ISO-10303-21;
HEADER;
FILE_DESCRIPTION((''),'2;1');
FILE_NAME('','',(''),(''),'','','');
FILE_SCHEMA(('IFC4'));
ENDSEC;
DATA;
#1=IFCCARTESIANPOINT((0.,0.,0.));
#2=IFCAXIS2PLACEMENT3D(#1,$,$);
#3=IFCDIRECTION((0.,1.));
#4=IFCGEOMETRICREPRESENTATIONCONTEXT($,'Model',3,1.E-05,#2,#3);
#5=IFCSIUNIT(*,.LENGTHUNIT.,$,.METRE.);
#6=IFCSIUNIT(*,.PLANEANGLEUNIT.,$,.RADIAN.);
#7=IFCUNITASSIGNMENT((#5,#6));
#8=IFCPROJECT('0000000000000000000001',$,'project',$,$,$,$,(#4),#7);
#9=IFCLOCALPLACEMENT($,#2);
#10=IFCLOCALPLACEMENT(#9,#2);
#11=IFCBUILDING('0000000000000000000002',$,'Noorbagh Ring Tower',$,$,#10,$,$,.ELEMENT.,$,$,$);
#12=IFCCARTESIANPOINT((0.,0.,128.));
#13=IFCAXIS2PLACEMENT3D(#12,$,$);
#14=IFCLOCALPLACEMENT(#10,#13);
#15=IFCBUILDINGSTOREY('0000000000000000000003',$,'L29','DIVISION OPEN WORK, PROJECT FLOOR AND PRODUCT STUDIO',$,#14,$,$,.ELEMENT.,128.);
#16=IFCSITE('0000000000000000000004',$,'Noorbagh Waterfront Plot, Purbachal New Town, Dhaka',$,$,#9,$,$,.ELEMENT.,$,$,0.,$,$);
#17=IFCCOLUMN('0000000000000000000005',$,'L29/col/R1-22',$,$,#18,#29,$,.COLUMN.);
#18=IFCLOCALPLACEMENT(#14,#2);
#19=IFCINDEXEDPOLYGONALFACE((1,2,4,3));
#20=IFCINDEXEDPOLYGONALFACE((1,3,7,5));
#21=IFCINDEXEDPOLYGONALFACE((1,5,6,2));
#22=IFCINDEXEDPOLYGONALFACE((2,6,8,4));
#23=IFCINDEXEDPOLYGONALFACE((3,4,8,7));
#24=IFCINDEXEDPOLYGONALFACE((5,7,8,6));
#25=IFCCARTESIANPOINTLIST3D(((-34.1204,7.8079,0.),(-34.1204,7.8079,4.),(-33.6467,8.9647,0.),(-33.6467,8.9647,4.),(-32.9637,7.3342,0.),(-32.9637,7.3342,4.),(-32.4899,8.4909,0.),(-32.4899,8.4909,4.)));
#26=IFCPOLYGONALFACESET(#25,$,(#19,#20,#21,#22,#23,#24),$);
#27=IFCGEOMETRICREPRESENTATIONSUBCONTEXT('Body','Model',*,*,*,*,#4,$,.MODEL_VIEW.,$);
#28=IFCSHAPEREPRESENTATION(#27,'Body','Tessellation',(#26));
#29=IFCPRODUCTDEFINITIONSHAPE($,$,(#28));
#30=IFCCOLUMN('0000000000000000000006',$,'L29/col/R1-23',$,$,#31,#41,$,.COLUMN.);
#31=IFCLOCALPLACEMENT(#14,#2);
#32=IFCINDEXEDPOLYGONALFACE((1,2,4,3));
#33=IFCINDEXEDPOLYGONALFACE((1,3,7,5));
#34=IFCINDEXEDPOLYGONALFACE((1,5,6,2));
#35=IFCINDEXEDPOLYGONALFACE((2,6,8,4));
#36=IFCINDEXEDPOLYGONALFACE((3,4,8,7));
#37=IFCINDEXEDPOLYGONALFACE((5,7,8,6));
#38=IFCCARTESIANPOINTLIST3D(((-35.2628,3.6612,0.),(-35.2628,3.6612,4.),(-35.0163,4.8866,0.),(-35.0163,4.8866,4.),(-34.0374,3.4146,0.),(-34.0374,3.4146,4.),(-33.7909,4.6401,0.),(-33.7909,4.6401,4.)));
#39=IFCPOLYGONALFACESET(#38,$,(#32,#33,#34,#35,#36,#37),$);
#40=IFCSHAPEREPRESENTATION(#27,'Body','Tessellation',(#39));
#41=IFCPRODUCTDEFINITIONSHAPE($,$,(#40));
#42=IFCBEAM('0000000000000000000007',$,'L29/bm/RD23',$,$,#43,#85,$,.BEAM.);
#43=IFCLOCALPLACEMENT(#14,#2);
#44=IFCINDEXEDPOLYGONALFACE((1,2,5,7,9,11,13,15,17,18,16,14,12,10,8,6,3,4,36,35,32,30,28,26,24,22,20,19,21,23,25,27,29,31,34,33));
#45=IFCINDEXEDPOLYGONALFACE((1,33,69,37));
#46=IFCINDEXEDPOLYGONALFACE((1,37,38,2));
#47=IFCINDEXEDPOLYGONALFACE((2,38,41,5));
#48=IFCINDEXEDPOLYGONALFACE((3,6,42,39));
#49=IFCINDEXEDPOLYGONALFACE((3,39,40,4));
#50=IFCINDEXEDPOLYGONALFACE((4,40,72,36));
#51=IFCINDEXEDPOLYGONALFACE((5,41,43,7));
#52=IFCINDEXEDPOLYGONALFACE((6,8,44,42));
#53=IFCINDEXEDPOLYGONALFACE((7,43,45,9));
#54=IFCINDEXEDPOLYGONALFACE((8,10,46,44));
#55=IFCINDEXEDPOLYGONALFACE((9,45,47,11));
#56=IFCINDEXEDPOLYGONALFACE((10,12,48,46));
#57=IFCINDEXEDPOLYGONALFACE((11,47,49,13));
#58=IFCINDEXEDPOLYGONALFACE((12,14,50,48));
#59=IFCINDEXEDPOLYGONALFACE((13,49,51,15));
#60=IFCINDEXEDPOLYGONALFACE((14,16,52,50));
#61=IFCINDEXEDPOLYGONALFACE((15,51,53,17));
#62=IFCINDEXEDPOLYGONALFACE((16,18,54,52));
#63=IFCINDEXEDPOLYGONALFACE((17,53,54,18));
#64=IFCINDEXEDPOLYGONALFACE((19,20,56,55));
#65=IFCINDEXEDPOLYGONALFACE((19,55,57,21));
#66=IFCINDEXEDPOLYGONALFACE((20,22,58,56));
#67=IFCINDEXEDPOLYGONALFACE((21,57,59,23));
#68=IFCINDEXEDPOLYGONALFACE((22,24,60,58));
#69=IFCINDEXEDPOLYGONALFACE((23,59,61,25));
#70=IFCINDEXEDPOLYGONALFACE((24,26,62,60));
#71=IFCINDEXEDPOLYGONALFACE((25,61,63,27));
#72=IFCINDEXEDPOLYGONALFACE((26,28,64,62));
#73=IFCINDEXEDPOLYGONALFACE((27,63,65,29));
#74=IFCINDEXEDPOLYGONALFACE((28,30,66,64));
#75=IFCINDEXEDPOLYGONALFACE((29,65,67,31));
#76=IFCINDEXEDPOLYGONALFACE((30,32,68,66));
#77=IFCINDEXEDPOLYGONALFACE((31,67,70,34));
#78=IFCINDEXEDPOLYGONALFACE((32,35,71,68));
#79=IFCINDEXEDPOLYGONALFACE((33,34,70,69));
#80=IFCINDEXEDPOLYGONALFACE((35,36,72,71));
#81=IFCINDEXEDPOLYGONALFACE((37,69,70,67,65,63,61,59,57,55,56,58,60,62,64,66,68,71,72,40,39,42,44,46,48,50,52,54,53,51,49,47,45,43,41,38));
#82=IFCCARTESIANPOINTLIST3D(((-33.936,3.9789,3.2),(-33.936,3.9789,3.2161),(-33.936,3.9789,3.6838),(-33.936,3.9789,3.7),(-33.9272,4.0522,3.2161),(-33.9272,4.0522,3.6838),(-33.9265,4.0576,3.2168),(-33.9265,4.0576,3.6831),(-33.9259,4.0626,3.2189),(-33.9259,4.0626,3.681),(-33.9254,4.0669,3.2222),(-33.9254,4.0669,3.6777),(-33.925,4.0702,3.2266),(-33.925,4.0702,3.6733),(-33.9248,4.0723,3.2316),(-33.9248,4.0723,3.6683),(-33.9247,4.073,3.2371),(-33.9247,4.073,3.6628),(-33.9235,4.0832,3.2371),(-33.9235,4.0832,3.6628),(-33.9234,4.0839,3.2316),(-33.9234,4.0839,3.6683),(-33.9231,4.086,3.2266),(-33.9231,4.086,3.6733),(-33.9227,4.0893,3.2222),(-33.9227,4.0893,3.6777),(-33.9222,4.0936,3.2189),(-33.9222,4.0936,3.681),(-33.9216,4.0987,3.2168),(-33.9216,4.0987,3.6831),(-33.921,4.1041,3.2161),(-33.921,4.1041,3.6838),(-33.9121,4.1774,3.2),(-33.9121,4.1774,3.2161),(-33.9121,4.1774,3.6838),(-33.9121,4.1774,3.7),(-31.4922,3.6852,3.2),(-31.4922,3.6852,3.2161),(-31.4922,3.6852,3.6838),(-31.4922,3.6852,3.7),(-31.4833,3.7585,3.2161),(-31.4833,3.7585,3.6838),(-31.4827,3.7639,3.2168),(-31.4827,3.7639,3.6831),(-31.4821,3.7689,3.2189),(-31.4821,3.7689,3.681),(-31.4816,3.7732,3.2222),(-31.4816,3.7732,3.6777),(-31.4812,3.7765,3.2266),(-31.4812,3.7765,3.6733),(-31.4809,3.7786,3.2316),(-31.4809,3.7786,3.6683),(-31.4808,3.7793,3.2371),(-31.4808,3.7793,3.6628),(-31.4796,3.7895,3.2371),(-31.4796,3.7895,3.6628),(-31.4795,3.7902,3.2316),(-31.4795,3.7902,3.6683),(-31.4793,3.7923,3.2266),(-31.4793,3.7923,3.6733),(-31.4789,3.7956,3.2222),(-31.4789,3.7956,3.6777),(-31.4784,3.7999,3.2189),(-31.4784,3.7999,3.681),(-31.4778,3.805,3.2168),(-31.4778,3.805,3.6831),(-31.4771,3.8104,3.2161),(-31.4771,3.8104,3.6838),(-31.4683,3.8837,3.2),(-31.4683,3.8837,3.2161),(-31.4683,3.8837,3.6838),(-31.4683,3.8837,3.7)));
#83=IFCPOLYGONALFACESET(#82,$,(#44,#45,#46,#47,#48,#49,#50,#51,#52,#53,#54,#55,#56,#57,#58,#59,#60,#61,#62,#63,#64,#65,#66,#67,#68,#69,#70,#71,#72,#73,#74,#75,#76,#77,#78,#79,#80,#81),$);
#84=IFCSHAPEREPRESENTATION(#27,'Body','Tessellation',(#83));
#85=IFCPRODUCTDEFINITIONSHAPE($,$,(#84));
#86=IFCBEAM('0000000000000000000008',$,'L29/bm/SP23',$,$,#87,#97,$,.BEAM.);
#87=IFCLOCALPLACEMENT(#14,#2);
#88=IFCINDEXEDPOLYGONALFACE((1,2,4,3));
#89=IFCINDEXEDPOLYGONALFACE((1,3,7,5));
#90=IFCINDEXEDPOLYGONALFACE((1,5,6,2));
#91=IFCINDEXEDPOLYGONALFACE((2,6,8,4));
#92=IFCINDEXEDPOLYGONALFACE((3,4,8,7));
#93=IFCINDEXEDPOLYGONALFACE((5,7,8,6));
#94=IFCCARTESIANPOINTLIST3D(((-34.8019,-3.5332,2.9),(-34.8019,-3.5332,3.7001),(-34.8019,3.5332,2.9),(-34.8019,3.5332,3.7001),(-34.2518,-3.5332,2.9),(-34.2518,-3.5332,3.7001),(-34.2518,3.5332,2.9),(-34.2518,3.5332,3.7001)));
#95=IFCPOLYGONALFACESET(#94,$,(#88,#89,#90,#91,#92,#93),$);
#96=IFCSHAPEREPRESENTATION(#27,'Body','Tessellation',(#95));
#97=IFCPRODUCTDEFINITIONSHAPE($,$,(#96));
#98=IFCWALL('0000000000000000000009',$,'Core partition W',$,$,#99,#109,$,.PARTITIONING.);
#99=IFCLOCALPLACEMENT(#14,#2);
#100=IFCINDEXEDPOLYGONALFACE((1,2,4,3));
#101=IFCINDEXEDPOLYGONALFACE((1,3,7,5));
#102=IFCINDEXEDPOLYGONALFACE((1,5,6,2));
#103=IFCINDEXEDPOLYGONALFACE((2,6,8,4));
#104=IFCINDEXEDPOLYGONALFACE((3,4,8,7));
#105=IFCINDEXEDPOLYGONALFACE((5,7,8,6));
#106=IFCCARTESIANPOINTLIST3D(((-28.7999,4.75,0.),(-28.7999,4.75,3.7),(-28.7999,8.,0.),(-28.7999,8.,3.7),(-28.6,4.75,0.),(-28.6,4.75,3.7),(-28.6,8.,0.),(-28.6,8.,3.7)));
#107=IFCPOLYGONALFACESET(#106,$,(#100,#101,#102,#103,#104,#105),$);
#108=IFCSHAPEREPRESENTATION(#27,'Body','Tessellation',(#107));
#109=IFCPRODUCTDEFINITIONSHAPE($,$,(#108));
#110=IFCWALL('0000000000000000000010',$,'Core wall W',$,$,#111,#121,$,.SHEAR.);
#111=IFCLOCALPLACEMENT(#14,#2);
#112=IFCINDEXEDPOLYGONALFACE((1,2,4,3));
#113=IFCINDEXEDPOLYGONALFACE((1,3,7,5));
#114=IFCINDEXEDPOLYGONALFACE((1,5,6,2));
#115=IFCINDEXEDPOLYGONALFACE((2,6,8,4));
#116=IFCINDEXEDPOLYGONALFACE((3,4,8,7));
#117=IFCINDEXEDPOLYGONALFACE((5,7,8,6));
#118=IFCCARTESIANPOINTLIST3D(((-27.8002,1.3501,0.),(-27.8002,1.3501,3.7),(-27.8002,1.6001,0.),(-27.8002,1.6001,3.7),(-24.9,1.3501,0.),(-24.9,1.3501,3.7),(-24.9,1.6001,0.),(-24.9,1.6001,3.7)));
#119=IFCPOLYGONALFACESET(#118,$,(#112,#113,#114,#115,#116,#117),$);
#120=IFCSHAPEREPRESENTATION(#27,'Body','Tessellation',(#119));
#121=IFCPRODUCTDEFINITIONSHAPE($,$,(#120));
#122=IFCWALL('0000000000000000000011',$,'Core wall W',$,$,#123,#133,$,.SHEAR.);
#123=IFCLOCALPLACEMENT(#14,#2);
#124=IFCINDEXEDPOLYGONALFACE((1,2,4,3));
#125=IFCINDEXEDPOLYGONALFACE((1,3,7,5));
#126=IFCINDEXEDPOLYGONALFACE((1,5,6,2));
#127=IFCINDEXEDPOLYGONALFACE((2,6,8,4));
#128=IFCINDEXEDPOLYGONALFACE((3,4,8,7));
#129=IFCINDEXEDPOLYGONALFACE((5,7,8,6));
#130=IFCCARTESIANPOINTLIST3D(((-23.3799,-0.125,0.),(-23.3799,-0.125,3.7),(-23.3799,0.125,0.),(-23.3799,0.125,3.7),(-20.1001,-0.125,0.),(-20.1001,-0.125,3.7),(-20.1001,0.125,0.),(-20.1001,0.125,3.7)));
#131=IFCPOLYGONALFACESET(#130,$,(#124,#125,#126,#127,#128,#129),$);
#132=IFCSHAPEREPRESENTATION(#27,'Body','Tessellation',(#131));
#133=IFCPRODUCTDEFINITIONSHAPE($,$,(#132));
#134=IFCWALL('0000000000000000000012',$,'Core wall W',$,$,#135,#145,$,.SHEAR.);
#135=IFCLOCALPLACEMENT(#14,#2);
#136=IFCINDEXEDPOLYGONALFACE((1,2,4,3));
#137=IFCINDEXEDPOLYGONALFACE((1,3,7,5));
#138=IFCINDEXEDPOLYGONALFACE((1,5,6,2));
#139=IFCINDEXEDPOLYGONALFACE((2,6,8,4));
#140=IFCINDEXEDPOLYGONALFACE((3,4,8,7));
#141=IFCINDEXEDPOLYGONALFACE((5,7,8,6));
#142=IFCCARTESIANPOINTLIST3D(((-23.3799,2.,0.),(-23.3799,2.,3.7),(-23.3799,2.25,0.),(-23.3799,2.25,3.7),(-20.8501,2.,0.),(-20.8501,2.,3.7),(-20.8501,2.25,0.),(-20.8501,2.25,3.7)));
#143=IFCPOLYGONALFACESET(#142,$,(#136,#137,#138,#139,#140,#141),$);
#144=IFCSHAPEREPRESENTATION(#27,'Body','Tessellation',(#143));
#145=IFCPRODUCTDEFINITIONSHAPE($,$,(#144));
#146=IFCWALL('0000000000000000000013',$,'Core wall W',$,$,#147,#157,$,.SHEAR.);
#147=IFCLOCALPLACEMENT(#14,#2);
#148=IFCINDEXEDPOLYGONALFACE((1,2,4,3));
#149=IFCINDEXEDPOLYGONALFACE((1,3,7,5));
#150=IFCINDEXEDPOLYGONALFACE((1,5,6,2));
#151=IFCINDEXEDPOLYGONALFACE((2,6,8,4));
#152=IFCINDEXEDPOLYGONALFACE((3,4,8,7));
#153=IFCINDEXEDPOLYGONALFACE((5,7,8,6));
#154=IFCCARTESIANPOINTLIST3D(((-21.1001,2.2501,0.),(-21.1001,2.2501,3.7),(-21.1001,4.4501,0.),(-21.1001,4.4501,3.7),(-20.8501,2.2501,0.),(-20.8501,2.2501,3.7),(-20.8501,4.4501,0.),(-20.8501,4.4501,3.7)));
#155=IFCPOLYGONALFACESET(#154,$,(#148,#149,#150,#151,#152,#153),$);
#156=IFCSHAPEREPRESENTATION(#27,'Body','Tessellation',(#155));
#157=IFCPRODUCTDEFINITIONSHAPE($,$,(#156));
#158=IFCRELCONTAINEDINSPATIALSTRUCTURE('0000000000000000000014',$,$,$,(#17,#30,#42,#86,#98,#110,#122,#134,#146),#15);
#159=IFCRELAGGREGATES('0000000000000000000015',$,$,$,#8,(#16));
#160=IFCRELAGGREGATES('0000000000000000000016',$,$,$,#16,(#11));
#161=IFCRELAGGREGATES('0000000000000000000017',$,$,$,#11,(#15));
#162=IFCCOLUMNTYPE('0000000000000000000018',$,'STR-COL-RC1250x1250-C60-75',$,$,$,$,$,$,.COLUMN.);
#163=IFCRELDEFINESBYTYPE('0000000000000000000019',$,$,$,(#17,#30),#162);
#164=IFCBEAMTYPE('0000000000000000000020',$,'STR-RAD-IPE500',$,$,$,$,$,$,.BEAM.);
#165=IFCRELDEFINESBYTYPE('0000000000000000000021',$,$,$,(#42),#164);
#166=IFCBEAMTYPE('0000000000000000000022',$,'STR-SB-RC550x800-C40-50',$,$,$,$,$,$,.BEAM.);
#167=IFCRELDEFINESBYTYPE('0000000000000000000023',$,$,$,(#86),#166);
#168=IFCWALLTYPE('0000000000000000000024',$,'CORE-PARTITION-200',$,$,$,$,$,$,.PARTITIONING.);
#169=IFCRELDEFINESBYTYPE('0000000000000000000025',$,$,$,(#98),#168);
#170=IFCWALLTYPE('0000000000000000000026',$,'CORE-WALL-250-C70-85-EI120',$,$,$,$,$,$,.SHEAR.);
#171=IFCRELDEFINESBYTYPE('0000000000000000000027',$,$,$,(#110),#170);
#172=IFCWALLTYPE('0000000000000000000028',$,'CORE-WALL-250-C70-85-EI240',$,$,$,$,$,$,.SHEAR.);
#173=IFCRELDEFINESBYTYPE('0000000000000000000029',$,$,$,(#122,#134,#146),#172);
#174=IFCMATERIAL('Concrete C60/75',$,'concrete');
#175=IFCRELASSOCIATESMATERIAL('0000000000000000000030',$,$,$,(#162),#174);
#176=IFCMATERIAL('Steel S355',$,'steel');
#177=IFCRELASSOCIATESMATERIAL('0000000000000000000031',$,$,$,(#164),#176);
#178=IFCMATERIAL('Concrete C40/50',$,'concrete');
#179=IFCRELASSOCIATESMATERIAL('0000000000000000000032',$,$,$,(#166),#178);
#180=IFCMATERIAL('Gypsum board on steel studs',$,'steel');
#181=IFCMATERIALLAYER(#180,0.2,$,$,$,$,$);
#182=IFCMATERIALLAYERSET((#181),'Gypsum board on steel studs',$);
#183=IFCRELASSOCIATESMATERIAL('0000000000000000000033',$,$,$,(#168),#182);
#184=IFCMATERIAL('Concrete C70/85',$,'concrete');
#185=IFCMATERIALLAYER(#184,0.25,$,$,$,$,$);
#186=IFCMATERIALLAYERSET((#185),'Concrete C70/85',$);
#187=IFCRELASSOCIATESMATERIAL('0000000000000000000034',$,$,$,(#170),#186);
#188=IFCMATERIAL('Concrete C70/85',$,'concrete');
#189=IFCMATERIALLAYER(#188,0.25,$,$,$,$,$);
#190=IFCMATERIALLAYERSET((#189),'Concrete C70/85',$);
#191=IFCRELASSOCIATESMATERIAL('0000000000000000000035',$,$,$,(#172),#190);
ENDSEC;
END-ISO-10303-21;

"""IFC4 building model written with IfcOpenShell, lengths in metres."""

from ifc_helpers import new_model, si_unit, direction, frame, frame_2d, origin, origin_2d, place, context, subcontext, project, spatial, rectangle, i_section, extrude, material, layer, layer_set, material_profile, profile_set, type_object, element, save


model = new_model("IFC4")

# Units and contexts
model_context = context("Model", 3, precision=1e-05, world=origin(), true_north=direction((0.0, 1.0)))
body_context = subcontext(model_context, "Body", "Model", "MODEL_VIEW")
ifc_project = project(units=[si_unit("LENGTHUNIT", "METRE"), si_unit("PLANEANGLEUNIT", "RADIAN")], contexts=[model_context])

# Site, building, storey
site_placement = place(None, origin())
site = spatial("IfcSite", under=ifc_project, at=site_placement, Name="Noorbagh Waterfront Plot, Purbachal New Town, Dhaka", CompositionType="ELEMENT", RefElevation=0.0)
building_placement = place(site_placement, origin())
building = spatial("IfcBuilding", under=site, at=building_placement, Name="Noorbagh Ring Tower", CompositionType="ELEMENT")
storey_placement = place(building_placement, frame((0.0, 0.0, 128.0)))
storey = spatial("IfcBuildingStorey", under=building, at=storey_placement, Name="L29", Description="DIVISION OPEN WORK, PROJECT FLOOR AND PRODUCT STUDIO", CompositionType="ELEMENT", Elevation=128.0)

# Columns
ifc_material_1 = material(Name="Concrete C60/75", Category="concrete")
ifc_material_profile_1 = material_profile(ifc_material_1, rectangle(XDim=1.25, YDim=1.25, at=origin_2d()), Name="RC1250x1250")
ifc_profile_set_1 = profile_set([ifc_material_profile_1], Name="Concrete C60/75")
column_type = type_object("IfcColumnType", Name="STR-COL-RC1250x1250-C60-75", PredefinedType="COLUMN", material=ifc_profile_set_1)
for number, where, z_axis, x_axis, name in (
    (1, (-33.3052, 8.1494, 0.0), (0.0, 0.0, 1.0), (-0.378989, -0.925401, 0.0), "L29/col/R1-22"),
    (2, (-34.5269, 4.1506, 0.0), (0.0, 0.0, 1.0), (-0.19723, -0.980357, 0.0), "L29/col/R1-23"),
):
    element("IfcColumn", number, at=place(storey_placement, frame(where, z_axis=z_axis, x_axis=x_axis)), inside=storey, type_object=column_type, Name=name, PredefinedType="COLUMN", context=body_context, shape_type="SweptSolid", body=[
        extrude(rectangle(XDim=1.25, YDim=1.25, at=origin_2d()), origin(), (0.0, 0.0, 1.0), 4.0),
    ])

# Beams
ifc_material_2 = material(Name="Steel S355", Category="steel")
ifc_material_profile_2 = material_profile(ifc_material_2, i_section(OverallWidth=0.2, OverallDepth=0.5, WebThickness=0.0103, FlangeThickness=0.0161, FilletRadius=0.021, at=origin_2d()), Name="IPE500")
ifc_profile_set_2 = profile_set([ifc_material_profile_2], Name="Steel S355")
beam_type_1 = type_object("IfcBeamType", Name="STR-RAD-IPE500", PredefinedType="BEAM", material=ifc_profile_set_2)
beam_1_placement = place(storey_placement, frame((-33.9241, 4.0781, 3.45), z_axis=(0.992856, -0.119321, 0.0), x_axis=(0.119321, 0.992856, 0.0)))
element("IfcBeam", 3, at=beam_1_placement, inside=storey, type_object=beam_type_1, Name="L29/bm/RD23", PredefinedType="BEAM", context=body_context, shape_type="SweptSolid", body=[
    extrude(i_section(OverallWidth=0.2, OverallDepth=0.5, WebThickness=0.0103, FlangeThickness=0.0161, FilletRadius=0.021, at=origin_2d()), origin(), (0.0, 0.0, 1.0), 2.4614),
])
ifc_material_3 = material(Name="Concrete C40/50", Category="concrete")
ifc_material_profile_3 = material_profile(ifc_material_3, rectangle(XDim=0.55, YDim=0.8, at=origin_2d()), Name="RC550x800")
ifc_profile_set_3 = profile_set([ifc_material_profile_3], Name="Concrete C40/50")
beam_type_2 = type_object("IfcBeamType", Name="STR-SB-RC550x800-C40-50", PredefinedType="BEAM", material=ifc_profile_set_3)
beam_2_placement = place(storey_placement, frame((-34.5269, 3.5332, 3.3), z_axis=(0.0, -1.0, 0.0), x_axis=(1.0, 0.0, 0.0)))
element("IfcBeam", 4, at=beam_2_placement, inside=storey, type_object=beam_type_2, Name="L29/bm/SP23", PredefinedType="BEAM", context=body_context, shape_type="SweptSolid", body=[
    extrude(rectangle(XDim=0.55, YDim=0.8, at=origin_2d()), origin(), (0.0, 0.0, 1.0), 7.0664),
])

# Walls
ifc_material_4 = material(Name="Gypsum board on steel studs", Category="steel")
ifc_layer_1 = layer(ifc_material_4, 0.2)
ifc_layer_set_1 = layer_set([ifc_layer_1], Name="Gypsum board on steel studs")
wall_type_1 = type_object("IfcWallType", Name="CORE-PARTITION-200", PredefinedType="PARTITIONING", material=ifc_layer_set_1)
wall_1_placement = place(storey_placement, frame((-28.7, 4.75, 0.0), z_axis=(0.0, 0.0, 1.0), x_axis=(0.0, 1.0, 0.0)))
element("IfcWall", 5, at=wall_1_placement, inside=storey, type_object=wall_type_1, Name="Core partition W", PredefinedType="PARTITIONING", context=body_context, shape_type="SweptSolid", body=[
    extrude(rectangle(XDim=3.25, YDim=0.2, at=frame_2d((1.625, 0.0))), origin(), (0.0, 0.0, 1.0), 3.7),
])
ifc_material_5 = material(Name="Concrete C70/85", Category="concrete")
ifc_layer_2 = layer(ifc_material_5, 0.25)
ifc_layer_set_2 = layer_set([ifc_layer_2], Name="Concrete C70/85")
wall_type_2 = type_object("IfcWallType", Name="CORE-WALL-250-C70-85-EI120", PredefinedType="SHEAR", material=ifc_layer_set_2)
wall_2_placement = place(storey_placement, frame((-24.8999, 1.4751, 0.0), z_axis=(0.0, 0.0, 1.0), x_axis=(-1.0, 0.0, 0.0)))
element("IfcWall", 6, at=wall_2_placement, inside=storey, type_object=wall_type_2, Name="Core wall W", PredefinedType="SHEAR", context=body_context, shape_type="SweptSolid", body=[
    extrude(rectangle(XDim=2.9001, YDim=0.25, at=frame_2d((1.4502, 0.0))), origin(), (0.0, 0.0, 1.0), 3.7),
])
ifc_material_6 = material(Name="Concrete C70/85", Category="concrete")
ifc_layer_3 = layer(ifc_material_6, 0.25)
ifc_layer_set_3 = layer_set([ifc_layer_3], Name="Concrete C70/85")
wall_type_3 = type_object("IfcWallType", Name="CORE-WALL-250-C70-85-EI240", PredefinedType="SHEAR", material=ifc_layer_set_3)
wall_3_placement = place(storey_placement, frame((-20.1001, 0.0, 0.0), z_axis=(0.0, 0.0, 1.0), x_axis=(-1.0, 0.0, 0.0)))
element("IfcWall", 7, at=wall_3_placement, inside=storey, type_object=wall_type_3, Name="Core wall W", PredefinedType="SHEAR", context=body_context, shape_type="SweptSolid", body=[
    extrude(rectangle(XDim=3.2798, YDim=0.25, at=frame_2d((1.6399, 0.0))), origin(), (0.0, 0.0, 1.0), 3.7),
])
wall_4_placement = place(storey_placement, frame((-20.8501, 2.125, 0.0), z_axis=(0.0, 0.0, 1.0), x_axis=(-1.0, 0.0, 0.0)))
element("IfcWall", 8, at=wall_4_placement, inside=storey, type_object=wall_type_3, Name="Core wall W", PredefinedType="SHEAR", context=body_context, shape_type="SweptSolid", body=[
    extrude(rectangle(XDim=2.5298, YDim=0.25, at=frame_2d((1.2649, 0.0))), origin(), (0.0, 0.0, 1.0), 3.7),
])
wall_5_placement = place(storey_placement, frame((-20.9751, 2.25, 0.0), z_axis=(0.0, 0.0, 1.0), x_axis=(0.0, 1.0, 0.0)))
element("IfcWall", 9, at=wall_5_placement, inside=storey, type_object=wall_type_3, Name="Core wall W", PredefinedType="SHEAR", context=body_context, shape_type="SweptSolid", body=[
    extrude(rectangle(XDim=2.2, YDim=0.25, at=frame_2d((1.1001, 0.0))), origin(), (0.0, 0.0, 1.0), 3.7),
])

save(model, "model.ifc")
